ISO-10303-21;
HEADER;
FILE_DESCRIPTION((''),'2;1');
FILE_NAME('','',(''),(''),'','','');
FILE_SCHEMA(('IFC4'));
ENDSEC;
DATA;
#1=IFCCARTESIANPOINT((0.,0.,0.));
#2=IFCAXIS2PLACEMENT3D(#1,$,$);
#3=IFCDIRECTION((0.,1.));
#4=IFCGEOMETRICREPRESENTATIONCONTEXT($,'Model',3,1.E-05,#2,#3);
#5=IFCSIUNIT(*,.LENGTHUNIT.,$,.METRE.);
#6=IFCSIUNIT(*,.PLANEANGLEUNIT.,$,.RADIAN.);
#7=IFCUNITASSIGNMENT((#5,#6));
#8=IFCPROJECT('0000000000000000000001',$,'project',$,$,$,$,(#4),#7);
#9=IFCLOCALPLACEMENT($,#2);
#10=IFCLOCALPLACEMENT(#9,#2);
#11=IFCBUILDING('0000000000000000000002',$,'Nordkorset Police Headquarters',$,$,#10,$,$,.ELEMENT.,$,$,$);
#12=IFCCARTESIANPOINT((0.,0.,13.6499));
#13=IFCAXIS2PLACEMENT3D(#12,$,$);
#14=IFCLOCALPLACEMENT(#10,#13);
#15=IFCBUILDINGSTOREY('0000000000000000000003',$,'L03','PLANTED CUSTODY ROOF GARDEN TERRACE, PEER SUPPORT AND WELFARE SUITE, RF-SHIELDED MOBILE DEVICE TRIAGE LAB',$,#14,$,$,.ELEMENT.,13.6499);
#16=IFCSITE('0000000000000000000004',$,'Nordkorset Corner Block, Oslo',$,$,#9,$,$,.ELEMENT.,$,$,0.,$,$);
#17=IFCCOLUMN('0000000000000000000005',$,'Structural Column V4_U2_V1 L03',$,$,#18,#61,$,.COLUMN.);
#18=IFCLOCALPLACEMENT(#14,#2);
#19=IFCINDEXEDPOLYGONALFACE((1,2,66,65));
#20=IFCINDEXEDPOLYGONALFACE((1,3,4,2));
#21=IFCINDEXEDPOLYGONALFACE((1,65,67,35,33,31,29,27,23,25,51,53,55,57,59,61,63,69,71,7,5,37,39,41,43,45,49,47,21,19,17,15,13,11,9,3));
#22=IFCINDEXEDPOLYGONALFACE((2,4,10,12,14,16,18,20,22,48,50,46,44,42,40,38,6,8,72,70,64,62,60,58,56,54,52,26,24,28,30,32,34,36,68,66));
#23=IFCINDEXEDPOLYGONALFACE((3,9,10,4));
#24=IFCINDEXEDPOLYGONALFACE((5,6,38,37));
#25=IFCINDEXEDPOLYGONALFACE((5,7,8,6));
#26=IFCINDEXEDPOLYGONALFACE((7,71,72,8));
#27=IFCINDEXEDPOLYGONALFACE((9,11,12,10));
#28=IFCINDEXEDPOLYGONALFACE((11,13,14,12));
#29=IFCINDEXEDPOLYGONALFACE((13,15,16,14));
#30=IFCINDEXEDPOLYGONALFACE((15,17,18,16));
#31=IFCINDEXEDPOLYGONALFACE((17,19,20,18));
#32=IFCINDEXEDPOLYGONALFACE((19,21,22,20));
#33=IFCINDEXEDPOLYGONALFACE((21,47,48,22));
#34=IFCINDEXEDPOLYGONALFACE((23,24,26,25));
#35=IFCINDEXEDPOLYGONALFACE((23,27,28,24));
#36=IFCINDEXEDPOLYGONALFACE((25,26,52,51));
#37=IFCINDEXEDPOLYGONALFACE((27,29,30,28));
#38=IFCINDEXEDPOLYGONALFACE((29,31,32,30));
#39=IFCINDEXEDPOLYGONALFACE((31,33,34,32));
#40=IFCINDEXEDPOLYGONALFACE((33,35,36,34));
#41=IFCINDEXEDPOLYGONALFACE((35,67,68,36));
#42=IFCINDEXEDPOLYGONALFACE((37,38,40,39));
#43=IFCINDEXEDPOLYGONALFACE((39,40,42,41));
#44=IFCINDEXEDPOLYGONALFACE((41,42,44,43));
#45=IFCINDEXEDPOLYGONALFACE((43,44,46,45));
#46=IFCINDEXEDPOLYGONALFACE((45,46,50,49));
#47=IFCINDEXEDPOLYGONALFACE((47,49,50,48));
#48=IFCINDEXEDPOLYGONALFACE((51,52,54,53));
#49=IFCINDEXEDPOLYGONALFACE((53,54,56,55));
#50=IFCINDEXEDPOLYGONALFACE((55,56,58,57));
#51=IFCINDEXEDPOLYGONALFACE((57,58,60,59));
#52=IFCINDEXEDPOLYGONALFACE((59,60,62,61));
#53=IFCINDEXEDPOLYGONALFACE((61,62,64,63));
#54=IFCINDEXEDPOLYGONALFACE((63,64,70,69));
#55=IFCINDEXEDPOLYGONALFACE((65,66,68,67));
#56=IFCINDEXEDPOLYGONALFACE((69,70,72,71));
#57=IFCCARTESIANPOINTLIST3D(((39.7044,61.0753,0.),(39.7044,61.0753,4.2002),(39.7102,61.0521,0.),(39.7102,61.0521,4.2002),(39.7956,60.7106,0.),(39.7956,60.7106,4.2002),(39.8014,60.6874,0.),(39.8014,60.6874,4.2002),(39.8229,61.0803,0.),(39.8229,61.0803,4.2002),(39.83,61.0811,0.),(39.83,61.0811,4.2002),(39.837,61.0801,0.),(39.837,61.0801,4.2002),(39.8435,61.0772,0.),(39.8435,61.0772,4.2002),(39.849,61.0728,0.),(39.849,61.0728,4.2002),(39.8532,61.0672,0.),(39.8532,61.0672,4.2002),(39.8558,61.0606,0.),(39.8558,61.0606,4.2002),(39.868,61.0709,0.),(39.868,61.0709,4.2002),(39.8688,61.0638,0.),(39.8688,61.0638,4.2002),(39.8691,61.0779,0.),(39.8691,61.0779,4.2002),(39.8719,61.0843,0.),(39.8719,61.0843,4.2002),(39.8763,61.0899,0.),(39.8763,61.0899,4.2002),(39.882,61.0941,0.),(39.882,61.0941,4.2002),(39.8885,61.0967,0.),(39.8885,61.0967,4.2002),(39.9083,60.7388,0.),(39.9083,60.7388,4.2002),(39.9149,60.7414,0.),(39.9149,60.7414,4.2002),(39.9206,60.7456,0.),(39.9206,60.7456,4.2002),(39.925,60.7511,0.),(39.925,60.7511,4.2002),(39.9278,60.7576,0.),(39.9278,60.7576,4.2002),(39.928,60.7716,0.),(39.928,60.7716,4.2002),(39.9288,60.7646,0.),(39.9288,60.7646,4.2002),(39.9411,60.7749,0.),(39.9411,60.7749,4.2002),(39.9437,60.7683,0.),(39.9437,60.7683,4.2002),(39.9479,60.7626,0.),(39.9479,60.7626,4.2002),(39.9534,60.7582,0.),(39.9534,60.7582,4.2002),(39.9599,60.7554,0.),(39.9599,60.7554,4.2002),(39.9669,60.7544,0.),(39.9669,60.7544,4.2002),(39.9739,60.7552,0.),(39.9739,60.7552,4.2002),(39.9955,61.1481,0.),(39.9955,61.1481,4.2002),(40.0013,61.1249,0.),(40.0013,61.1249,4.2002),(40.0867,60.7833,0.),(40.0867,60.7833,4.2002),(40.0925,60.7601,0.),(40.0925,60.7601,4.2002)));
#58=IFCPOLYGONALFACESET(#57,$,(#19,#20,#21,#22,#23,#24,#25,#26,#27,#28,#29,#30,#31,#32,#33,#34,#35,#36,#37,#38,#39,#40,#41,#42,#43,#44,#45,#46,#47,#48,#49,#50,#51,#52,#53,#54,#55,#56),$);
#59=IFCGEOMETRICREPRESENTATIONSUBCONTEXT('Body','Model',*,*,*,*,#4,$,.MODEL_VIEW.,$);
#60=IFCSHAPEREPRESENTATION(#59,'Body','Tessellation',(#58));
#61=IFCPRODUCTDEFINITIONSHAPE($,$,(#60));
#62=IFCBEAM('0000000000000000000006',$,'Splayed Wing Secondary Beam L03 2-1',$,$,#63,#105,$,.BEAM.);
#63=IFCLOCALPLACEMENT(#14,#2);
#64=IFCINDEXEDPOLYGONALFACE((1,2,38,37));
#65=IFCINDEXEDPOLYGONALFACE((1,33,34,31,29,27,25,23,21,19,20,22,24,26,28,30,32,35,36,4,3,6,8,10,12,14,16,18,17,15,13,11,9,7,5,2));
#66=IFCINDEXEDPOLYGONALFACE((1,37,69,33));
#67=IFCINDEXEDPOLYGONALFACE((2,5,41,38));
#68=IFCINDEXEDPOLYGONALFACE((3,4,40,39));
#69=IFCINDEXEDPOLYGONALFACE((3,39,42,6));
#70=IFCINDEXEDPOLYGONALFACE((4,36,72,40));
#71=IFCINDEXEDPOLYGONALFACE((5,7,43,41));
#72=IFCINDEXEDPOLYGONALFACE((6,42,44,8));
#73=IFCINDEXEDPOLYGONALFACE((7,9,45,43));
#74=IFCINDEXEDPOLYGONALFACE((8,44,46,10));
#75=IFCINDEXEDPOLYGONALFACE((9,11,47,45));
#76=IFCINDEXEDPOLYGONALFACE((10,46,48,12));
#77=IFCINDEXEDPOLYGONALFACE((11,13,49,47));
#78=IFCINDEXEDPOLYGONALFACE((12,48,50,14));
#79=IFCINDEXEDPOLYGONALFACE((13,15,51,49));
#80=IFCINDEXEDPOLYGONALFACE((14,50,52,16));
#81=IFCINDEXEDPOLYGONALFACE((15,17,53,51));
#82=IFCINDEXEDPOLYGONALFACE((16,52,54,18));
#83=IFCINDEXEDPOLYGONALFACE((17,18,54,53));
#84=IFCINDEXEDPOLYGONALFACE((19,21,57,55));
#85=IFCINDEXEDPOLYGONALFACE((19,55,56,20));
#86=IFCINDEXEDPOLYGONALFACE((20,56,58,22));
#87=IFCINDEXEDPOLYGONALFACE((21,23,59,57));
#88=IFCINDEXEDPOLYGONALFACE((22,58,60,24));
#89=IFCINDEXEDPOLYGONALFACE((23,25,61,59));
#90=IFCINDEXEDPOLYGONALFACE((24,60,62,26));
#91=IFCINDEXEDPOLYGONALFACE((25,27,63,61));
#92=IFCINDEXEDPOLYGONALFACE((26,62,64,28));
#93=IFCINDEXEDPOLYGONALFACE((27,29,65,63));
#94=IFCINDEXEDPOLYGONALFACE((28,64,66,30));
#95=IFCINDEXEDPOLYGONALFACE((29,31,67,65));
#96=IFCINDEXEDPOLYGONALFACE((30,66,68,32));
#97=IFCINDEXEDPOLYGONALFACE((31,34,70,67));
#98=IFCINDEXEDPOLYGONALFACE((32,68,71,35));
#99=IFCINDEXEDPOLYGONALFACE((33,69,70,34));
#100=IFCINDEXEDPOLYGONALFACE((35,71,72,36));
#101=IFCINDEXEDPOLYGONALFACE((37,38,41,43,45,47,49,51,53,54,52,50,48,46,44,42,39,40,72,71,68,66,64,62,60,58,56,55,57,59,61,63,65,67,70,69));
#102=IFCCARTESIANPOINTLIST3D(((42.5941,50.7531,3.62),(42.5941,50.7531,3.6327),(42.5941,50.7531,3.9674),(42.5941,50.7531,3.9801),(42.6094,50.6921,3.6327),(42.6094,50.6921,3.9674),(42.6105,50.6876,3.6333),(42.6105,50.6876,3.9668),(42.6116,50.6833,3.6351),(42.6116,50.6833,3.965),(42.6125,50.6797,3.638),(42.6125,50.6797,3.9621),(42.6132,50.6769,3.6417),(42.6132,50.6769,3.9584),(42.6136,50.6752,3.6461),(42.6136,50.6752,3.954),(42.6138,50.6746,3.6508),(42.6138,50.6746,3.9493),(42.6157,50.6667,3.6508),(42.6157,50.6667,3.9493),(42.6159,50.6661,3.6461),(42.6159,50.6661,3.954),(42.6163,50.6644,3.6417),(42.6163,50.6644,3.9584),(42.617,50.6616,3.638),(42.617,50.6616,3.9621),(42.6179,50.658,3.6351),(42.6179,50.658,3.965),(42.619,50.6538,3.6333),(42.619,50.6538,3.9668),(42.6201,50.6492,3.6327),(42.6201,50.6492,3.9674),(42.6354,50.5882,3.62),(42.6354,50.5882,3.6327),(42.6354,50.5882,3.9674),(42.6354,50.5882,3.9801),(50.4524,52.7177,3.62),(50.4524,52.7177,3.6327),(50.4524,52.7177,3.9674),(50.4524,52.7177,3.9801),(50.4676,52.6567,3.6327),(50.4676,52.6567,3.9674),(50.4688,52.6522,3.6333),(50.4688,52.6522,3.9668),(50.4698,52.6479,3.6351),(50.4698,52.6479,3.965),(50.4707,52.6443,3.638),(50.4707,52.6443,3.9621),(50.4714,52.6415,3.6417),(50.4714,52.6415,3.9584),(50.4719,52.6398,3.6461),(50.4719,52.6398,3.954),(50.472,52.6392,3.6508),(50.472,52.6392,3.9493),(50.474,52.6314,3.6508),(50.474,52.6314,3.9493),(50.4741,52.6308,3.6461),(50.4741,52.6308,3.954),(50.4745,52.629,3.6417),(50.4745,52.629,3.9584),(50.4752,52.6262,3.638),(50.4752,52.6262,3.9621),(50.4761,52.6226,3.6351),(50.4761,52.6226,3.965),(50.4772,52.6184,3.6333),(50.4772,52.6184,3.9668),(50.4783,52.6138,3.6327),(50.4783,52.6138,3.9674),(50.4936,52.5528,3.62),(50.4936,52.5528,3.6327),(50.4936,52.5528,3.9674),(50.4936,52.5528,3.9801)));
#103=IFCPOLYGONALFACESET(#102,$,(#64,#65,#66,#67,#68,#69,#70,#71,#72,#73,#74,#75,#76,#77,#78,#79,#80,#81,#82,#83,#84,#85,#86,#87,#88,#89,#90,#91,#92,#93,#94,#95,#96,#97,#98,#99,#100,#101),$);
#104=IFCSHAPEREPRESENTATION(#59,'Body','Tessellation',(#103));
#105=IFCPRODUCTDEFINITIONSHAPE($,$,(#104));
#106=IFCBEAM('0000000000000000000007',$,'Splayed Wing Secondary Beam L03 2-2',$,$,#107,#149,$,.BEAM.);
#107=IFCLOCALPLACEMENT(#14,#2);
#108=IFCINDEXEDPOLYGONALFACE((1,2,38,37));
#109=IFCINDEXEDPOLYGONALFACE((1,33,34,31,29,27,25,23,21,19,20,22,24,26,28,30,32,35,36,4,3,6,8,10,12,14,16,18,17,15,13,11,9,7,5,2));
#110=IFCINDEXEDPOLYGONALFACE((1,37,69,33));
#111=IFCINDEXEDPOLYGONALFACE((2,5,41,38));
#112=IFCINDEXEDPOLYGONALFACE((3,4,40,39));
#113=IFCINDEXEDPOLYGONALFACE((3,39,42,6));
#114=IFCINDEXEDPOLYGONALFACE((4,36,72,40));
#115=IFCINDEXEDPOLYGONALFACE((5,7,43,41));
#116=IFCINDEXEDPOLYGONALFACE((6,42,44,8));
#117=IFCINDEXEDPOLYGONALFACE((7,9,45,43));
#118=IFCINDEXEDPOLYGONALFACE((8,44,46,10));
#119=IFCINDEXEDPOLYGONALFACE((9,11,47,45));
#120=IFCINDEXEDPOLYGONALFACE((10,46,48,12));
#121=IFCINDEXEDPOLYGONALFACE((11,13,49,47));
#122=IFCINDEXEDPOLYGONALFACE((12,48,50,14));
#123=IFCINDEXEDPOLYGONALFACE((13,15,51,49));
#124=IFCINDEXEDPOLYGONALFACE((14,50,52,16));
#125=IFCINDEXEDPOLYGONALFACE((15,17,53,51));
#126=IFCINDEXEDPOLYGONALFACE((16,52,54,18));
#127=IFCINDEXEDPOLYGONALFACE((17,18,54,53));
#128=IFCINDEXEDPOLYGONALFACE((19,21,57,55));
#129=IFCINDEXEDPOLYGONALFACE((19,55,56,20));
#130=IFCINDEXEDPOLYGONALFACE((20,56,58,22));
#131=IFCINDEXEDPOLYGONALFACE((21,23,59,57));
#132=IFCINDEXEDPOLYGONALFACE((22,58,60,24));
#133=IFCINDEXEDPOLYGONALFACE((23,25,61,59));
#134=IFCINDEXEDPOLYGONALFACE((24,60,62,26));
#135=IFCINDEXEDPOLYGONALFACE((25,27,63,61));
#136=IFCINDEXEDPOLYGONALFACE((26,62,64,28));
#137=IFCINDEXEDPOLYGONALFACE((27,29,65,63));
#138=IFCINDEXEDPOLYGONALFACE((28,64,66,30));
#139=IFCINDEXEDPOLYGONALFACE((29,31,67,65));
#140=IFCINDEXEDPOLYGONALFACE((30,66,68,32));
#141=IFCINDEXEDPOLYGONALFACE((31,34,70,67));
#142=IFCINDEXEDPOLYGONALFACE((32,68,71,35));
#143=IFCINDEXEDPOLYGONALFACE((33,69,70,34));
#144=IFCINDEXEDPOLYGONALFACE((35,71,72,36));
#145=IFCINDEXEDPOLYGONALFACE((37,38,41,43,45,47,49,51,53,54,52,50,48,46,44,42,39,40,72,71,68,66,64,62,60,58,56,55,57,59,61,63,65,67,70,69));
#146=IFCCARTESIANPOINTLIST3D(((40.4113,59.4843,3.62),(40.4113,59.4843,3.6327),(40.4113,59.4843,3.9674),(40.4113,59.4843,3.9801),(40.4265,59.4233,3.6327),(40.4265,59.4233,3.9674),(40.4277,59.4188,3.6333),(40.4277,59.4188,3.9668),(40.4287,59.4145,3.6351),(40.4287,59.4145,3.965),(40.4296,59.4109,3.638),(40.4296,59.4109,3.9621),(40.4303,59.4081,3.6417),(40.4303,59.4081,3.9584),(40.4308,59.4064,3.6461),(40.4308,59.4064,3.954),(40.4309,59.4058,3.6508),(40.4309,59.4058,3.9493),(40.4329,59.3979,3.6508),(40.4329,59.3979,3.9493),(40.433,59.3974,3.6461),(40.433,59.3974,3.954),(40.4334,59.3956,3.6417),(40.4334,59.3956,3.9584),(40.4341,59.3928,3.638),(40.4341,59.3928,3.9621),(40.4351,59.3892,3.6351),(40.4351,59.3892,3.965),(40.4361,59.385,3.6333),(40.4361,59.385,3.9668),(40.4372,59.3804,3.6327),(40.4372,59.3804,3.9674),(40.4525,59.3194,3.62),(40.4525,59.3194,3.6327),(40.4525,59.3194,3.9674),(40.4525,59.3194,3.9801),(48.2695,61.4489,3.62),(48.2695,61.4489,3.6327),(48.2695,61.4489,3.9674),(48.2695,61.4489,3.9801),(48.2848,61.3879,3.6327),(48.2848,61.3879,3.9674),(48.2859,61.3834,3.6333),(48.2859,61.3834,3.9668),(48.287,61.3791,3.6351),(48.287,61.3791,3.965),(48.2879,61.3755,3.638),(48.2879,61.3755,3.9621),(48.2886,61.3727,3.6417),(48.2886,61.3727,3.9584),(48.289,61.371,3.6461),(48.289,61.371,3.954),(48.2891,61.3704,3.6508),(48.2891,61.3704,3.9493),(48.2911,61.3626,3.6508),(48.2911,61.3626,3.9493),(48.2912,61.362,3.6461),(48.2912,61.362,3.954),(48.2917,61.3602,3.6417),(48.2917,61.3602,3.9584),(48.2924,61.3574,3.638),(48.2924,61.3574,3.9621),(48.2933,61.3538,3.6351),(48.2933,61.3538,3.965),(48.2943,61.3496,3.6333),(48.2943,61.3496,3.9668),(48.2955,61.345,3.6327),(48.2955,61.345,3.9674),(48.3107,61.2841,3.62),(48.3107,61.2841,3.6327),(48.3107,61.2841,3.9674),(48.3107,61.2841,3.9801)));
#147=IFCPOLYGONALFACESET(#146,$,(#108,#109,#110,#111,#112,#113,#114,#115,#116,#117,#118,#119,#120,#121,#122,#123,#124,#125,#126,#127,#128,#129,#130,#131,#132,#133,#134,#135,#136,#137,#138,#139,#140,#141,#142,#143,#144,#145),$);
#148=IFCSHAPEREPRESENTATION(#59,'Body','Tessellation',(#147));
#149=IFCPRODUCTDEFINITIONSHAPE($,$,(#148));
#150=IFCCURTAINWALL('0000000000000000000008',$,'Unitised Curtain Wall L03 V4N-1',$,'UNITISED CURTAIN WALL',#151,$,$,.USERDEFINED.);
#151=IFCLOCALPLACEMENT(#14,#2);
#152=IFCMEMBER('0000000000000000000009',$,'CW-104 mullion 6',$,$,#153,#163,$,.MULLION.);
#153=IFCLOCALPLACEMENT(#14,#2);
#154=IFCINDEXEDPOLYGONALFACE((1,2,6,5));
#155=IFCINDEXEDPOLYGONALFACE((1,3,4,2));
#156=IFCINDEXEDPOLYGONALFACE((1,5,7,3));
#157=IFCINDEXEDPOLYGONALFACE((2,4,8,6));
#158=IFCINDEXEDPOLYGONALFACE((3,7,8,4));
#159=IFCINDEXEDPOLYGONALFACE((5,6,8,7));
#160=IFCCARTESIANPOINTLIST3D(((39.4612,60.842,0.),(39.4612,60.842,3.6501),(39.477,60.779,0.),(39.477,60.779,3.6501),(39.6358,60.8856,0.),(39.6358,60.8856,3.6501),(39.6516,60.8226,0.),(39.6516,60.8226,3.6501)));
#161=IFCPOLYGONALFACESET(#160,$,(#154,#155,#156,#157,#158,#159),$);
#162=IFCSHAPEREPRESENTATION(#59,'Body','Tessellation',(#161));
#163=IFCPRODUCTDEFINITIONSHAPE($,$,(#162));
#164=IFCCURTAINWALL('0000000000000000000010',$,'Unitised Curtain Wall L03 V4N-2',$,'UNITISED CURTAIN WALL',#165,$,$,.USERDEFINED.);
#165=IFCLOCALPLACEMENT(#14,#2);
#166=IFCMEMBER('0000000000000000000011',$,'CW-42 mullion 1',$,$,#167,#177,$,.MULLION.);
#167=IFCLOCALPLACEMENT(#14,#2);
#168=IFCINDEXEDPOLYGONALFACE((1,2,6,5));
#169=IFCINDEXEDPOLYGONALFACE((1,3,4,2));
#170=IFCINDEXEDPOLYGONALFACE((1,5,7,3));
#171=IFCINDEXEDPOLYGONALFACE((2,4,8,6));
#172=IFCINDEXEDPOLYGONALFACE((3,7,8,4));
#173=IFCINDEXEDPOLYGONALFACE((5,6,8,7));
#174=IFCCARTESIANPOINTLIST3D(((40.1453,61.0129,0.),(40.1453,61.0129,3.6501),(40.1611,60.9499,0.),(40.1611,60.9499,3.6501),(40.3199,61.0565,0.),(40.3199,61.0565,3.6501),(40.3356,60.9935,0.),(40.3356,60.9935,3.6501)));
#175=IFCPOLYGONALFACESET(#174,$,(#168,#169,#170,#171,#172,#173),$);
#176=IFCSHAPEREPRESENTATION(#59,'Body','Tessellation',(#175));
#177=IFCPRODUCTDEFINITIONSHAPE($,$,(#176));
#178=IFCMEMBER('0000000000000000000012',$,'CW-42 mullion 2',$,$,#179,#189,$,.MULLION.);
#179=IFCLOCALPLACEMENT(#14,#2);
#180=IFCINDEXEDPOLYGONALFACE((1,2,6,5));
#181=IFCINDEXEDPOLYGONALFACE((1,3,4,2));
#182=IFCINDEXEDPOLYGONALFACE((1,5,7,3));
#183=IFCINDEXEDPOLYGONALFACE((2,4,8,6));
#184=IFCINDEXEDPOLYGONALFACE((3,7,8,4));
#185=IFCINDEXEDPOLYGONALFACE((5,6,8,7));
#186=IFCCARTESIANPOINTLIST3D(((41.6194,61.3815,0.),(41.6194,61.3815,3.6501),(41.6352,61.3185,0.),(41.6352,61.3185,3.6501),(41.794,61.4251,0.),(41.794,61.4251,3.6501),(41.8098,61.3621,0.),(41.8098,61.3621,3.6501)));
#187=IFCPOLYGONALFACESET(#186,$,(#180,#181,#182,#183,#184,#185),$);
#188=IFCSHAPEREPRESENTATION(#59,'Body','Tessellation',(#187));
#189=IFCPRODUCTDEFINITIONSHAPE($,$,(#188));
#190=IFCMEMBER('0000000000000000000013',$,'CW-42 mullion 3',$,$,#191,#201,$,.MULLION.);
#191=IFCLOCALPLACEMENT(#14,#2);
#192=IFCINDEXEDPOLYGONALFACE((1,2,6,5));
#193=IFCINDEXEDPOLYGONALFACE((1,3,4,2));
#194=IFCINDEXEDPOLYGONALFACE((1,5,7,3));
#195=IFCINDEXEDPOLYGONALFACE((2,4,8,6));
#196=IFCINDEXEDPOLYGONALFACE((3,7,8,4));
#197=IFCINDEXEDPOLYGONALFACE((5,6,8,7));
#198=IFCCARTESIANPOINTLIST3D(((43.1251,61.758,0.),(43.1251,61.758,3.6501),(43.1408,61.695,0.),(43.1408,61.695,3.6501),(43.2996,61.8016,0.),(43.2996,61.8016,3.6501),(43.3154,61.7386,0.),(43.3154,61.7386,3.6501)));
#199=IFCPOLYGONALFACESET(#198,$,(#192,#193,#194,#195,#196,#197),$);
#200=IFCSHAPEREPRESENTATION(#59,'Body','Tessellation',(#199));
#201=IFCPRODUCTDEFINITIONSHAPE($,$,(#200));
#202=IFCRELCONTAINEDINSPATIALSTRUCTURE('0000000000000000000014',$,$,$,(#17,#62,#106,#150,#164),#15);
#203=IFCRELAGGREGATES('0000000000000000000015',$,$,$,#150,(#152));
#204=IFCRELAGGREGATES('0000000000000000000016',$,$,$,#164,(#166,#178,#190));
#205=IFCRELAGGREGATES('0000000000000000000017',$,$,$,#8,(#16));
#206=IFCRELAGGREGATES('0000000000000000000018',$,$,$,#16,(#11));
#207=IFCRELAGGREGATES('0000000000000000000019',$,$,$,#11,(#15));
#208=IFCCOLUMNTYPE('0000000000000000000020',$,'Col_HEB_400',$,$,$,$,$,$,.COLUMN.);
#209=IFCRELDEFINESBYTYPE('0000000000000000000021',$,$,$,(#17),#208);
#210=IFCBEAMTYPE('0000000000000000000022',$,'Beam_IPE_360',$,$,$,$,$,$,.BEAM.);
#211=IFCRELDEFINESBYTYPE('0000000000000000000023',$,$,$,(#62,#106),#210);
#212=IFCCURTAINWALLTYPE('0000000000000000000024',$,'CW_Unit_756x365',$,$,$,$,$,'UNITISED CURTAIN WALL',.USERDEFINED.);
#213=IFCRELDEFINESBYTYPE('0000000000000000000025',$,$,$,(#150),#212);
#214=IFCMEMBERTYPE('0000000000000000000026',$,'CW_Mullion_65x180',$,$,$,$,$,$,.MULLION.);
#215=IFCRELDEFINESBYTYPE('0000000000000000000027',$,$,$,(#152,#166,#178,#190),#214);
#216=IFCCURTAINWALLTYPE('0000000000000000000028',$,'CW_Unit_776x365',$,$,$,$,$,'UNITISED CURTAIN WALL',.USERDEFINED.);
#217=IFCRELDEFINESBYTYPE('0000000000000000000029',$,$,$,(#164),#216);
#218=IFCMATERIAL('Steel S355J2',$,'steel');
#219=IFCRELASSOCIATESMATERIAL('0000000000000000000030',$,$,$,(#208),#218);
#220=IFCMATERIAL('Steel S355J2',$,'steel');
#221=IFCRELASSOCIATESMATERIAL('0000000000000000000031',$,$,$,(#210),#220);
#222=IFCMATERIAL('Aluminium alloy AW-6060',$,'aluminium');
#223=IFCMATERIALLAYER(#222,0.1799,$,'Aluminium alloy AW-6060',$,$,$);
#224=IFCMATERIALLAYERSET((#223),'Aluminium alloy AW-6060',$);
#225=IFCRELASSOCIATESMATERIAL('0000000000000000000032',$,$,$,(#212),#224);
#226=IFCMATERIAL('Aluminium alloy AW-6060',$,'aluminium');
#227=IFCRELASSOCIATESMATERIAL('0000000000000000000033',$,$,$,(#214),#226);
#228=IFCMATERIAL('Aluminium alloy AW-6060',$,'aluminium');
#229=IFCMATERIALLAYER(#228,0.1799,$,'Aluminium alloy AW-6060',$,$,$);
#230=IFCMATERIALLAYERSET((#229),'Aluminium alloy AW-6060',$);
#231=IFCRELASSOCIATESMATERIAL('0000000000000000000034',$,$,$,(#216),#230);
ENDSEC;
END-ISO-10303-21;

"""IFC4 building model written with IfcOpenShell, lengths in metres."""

from ifc_helpers import new_model, si_unit, direction, frame, origin, origin_2d, place, context, subcontext, project, spatial, rectangle, i_section, extrude, material, layer, layer_set, material_profile, profile_set, type_object, element, aggregate, save


model = new_model("IFC4")

# Units and contexts
model_context = context("Model", 3, precision=1e-05, world=origin(), true_north=direction((0.0, 1.0)))
body_context = subcontext(model_context, "Body", "Model", "MODEL_VIEW")
ifc_project = project(units=[si_unit("LENGTHUNIT", "METRE"), si_unit("PLANEANGLEUNIT", "RADIAN")], contexts=[model_context])

# Site, building, storey
site_placement = place(None, origin())
site = spatial("IfcSite", under=ifc_project, at=site_placement, Name="Nordkorset Corner Block, Oslo", CompositionType="ELEMENT", RefElevation=0.0)
building_placement = place(site_placement, origin())
building = spatial("IfcBuilding", under=site, at=building_placement, Name="Nordkorset Police Headquarters", CompositionType="ELEMENT")
storey_placement = place(building_placement, frame((0.0, 0.0, 13.6499)))
storey = spatial("IfcBuildingStorey", under=building, at=storey_placement, Name="L03", Description="PLANTED CUSTODY ROOF GARDEN TERRACE, PEER SUPPORT AND WELFARE SUITE, RF-SHIELDED MOBILE DEVICE TRIAGE LAB", CompositionType="ELEMENT", Elevation=13.6499)

# Column
ifc_material_1 = material(Name="Steel S355J2", Category="steel")
ifc_material_profile_1 = material_profile(ifc_material_1, i_section(OverallWidth=0.3, OverallDepth=0.3999, WebThickness=0.0134, FlangeThickness=0.0239, FilletRadius=0.0271, at=origin_2d()), Name="HEB 400")
ifc_profile_set_1 = profile_set([ifc_material_profile_1], Name="Steel S355J2")
column_type = type_object("IfcColumnType", Name="Col_HEB_400", PredefinedType="COLUMN", material=ifc_profile_set_1)
column_placement = place(storey_placement, frame((39.8984, 60.9177, 0.0), z_axis=(0.0, 0.0, 1.0), x_axis=(0.970143, 0.242536, 0.0)))
element("IfcColumn", 1, at=column_placement, inside=storey, type_object=column_type, Name="Structural Column V4_U2_V1 L03", PredefinedType="COLUMN", context=body_context, shape_type="SweptSolid", body=[
    extrude(i_section(OverallWidth=0.3, OverallDepth=0.3999, WebThickness=0.0134, FlangeThickness=0.0239, FilletRadius=0.0271, at=origin_2d()), origin(), (0.0, 0.0, 1.0), 4.2002),
])

# Beams
ifc_material_2 = material(Name="Steel S355J2", Category="steel")
ifc_material_profile_2 = material_profile(ifc_material_2, i_section(OverallWidth=0.1699, OverallDepth=0.3601, WebThickness=0.0081, FlangeThickness=0.0127, FilletRadius=0.0181, at=origin_2d()), Name="IPE 360")
ifc_profile_set_2 = profile_set([ifc_material_profile_2], Name="Steel S355J2")
beam_type_1 = type_object("IfcBeamType", Name="Beam_IPE_360", PredefinedType="BEAM", material=ifc_profile_set_2)
for number, where, z_axis, x_axis, name in (
    (2, (42.6147, 50.6707, 3.8), (0.970141, 0.242543, 0.0), (-0.242543, 0.970141, 0.0), "Splayed Wing Secondary Beam L03 2-1"),
    (3, (40.4319, 59.4019, 3.8), (0.970141, 0.242543, 0.0), (-0.242543, 0.970141, 0.0), "Splayed Wing Secondary Beam L03 2-2"),
):
    element("IfcBeam", number, at=place(storey_placement, frame(where, z_axis=z_axis, x_axis=x_axis)), inside=storey, type_object=beam_type_1, Name=name, PredefinedType="BEAM", context=body_context, shape_type="SweptSolid", body=[
        extrude(i_section(OverallWidth=0.1699, OverallDepth=0.3601, WebThickness=0.0081, FlangeThickness=0.0127, FilletRadius=0.0181, at=origin_2d()), origin(), (0.0, 0.0, 1.0), 8.1001),
    ])

# Curtain wall, member
ifc_material_3 = material(Name="Aluminium alloy AW-6060", Category="aluminium")
ifc_layer_1 = layer(ifc_material_3, 0.1799, Name="Aluminium alloy AW-6060")
ifc_layer_set_1 = layer_set([ifc_layer_1], Name="Aluminium alloy AW-6060")
curtain_wall_type_1 = type_object("IfcCurtainWallType", Name="CW_Unit_756x365", ElementType="UNITISED CURTAIN WALL", PredefinedType="USERDEFINED", material=ifc_layer_set_1)
curtain_wall_1_placement = place(storey_placement, origin())
curtain_wall_1 = element("IfcCurtainWall", 4, at=curtain_wall_1_placement, inside=storey, type_object=curtain_wall_type_1, Name="Unitised Curtain Wall L03 V4N-1", ObjectType="UNITISED CURTAIN WALL", PredefinedType="USERDEFINED")
ifc_material_4 = material(Name="Aluminium alloy AW-6060", Category="aluminium")
ifc_material_profile_3 = material_profile(ifc_material_4, rectangle(XDim=0.0649, YDim=0.1799, at=origin_2d()), Name="ALU MULL 65x180")
ifc_profile_set_3 = profile_set([ifc_material_profile_3], Name="Aluminium alloy AW-6060")
member_type_1 = type_object("IfcMemberType", Name="CW_Mullion_65x180", PredefinedType="MULLION", material=ifc_profile_set_3)
member_1_placement = place(storey_placement, frame((39.5564, 60.8323, 0.0), z_axis=(0.0, 0.0, 1.0), x_axis=(-0.242536, 0.970143, 0.0)))
member_1 = element("IfcMember", 5, at=member_1_placement, type_object=member_type_1, Name="CW-104 mullion 6", PredefinedType="MULLION", context=body_context, shape_type="SweptSolid", body=[
    extrude(rectangle(XDim=0.0649, YDim=0.1799, at=origin_2d()), origin(), (0.0, 0.0, 1.0), 3.6501),
])
aggregate(curtain_wall_1, [member_1])

# Curtain wall, members
ifc_material_5 = material(Name="Aluminium alloy AW-6060", Category="aluminium")
ifc_layer_2 = layer(ifc_material_5, 0.1799, Name="Aluminium alloy AW-6060")
ifc_layer_set_2 = layer_set([ifc_layer_2], Name="Aluminium alloy AW-6060")
curtain_wall_type_2 = type_object("IfcCurtainWallType", Name="CW_Unit_776x365", ElementType="UNITISED CURTAIN WALL", PredefinedType="USERDEFINED", material=ifc_layer_set_2)
curtain_wall_2_placement = place(storey_placement, origin())
curtain_wall_2 = element("IfcCurtainWall", 6, at=curtain_wall_2_placement, inside=storey, type_object=curtain_wall_type_2, Name="Unitised Curtain Wall L03 V4N-2", ObjectType="UNITISED CURTAIN WALL", PredefinedType="USERDEFINED")
member_2_placement = place(storey_placement, frame((40.2405, 61.0032, 0.0), z_axis=(0.0, 0.0, 1.0), x_axis=(-0.242536, 0.970142, 0.0)))
member_2 = element("IfcMember", 7, at=member_2_placement, type_object=member_type_1, Name="CW-42 mullion 1", PredefinedType="MULLION", context=body_context, shape_type="SweptSolid", body=[
    extrude(rectangle(XDim=0.0649, YDim=0.1799, at=origin_2d()), origin(), (0.0, 0.0, 1.0), 3.6501),
])
member_3_placement = place(storey_placement, frame((41.7146, 61.3718, 0.0), z_axis=(0.0, 0.0, 1.0), x_axis=(-0.242536, 0.970142, 0.0)))
member_3 = element("IfcMember", 8, at=member_3_placement, type_object=member_type_1, Name="CW-42 mullion 2", PredefinedType="MULLION", context=body_context, shape_type="SweptSolid", body=[
    extrude(rectangle(XDim=0.0649, YDim=0.1799, at=origin_2d()), origin(), (0.0, 0.0, 1.0), 3.6501),
])
member_4_placement = place(storey_placement, frame((43.2202, 61.7483, 0.0), z_axis=(0.0, 0.0, 1.0), x_axis=(-0.242536, 0.970142, 0.0)))
member_4 = element("IfcMember", 9, at=member_4_placement, type_object=member_type_1, Name="CW-42 mullion 3", PredefinedType="MULLION", context=body_context, shape_type="SweptSolid", body=[
    extrude(rectangle(XDim=0.0649, YDim=0.1799, at=origin_2d()), origin(), (0.0, 0.0, 1.0), 3.6501),
])

aggregate(curtain_wall_2, [member_2, member_3, member_4])

save(model, "model.ifc")
